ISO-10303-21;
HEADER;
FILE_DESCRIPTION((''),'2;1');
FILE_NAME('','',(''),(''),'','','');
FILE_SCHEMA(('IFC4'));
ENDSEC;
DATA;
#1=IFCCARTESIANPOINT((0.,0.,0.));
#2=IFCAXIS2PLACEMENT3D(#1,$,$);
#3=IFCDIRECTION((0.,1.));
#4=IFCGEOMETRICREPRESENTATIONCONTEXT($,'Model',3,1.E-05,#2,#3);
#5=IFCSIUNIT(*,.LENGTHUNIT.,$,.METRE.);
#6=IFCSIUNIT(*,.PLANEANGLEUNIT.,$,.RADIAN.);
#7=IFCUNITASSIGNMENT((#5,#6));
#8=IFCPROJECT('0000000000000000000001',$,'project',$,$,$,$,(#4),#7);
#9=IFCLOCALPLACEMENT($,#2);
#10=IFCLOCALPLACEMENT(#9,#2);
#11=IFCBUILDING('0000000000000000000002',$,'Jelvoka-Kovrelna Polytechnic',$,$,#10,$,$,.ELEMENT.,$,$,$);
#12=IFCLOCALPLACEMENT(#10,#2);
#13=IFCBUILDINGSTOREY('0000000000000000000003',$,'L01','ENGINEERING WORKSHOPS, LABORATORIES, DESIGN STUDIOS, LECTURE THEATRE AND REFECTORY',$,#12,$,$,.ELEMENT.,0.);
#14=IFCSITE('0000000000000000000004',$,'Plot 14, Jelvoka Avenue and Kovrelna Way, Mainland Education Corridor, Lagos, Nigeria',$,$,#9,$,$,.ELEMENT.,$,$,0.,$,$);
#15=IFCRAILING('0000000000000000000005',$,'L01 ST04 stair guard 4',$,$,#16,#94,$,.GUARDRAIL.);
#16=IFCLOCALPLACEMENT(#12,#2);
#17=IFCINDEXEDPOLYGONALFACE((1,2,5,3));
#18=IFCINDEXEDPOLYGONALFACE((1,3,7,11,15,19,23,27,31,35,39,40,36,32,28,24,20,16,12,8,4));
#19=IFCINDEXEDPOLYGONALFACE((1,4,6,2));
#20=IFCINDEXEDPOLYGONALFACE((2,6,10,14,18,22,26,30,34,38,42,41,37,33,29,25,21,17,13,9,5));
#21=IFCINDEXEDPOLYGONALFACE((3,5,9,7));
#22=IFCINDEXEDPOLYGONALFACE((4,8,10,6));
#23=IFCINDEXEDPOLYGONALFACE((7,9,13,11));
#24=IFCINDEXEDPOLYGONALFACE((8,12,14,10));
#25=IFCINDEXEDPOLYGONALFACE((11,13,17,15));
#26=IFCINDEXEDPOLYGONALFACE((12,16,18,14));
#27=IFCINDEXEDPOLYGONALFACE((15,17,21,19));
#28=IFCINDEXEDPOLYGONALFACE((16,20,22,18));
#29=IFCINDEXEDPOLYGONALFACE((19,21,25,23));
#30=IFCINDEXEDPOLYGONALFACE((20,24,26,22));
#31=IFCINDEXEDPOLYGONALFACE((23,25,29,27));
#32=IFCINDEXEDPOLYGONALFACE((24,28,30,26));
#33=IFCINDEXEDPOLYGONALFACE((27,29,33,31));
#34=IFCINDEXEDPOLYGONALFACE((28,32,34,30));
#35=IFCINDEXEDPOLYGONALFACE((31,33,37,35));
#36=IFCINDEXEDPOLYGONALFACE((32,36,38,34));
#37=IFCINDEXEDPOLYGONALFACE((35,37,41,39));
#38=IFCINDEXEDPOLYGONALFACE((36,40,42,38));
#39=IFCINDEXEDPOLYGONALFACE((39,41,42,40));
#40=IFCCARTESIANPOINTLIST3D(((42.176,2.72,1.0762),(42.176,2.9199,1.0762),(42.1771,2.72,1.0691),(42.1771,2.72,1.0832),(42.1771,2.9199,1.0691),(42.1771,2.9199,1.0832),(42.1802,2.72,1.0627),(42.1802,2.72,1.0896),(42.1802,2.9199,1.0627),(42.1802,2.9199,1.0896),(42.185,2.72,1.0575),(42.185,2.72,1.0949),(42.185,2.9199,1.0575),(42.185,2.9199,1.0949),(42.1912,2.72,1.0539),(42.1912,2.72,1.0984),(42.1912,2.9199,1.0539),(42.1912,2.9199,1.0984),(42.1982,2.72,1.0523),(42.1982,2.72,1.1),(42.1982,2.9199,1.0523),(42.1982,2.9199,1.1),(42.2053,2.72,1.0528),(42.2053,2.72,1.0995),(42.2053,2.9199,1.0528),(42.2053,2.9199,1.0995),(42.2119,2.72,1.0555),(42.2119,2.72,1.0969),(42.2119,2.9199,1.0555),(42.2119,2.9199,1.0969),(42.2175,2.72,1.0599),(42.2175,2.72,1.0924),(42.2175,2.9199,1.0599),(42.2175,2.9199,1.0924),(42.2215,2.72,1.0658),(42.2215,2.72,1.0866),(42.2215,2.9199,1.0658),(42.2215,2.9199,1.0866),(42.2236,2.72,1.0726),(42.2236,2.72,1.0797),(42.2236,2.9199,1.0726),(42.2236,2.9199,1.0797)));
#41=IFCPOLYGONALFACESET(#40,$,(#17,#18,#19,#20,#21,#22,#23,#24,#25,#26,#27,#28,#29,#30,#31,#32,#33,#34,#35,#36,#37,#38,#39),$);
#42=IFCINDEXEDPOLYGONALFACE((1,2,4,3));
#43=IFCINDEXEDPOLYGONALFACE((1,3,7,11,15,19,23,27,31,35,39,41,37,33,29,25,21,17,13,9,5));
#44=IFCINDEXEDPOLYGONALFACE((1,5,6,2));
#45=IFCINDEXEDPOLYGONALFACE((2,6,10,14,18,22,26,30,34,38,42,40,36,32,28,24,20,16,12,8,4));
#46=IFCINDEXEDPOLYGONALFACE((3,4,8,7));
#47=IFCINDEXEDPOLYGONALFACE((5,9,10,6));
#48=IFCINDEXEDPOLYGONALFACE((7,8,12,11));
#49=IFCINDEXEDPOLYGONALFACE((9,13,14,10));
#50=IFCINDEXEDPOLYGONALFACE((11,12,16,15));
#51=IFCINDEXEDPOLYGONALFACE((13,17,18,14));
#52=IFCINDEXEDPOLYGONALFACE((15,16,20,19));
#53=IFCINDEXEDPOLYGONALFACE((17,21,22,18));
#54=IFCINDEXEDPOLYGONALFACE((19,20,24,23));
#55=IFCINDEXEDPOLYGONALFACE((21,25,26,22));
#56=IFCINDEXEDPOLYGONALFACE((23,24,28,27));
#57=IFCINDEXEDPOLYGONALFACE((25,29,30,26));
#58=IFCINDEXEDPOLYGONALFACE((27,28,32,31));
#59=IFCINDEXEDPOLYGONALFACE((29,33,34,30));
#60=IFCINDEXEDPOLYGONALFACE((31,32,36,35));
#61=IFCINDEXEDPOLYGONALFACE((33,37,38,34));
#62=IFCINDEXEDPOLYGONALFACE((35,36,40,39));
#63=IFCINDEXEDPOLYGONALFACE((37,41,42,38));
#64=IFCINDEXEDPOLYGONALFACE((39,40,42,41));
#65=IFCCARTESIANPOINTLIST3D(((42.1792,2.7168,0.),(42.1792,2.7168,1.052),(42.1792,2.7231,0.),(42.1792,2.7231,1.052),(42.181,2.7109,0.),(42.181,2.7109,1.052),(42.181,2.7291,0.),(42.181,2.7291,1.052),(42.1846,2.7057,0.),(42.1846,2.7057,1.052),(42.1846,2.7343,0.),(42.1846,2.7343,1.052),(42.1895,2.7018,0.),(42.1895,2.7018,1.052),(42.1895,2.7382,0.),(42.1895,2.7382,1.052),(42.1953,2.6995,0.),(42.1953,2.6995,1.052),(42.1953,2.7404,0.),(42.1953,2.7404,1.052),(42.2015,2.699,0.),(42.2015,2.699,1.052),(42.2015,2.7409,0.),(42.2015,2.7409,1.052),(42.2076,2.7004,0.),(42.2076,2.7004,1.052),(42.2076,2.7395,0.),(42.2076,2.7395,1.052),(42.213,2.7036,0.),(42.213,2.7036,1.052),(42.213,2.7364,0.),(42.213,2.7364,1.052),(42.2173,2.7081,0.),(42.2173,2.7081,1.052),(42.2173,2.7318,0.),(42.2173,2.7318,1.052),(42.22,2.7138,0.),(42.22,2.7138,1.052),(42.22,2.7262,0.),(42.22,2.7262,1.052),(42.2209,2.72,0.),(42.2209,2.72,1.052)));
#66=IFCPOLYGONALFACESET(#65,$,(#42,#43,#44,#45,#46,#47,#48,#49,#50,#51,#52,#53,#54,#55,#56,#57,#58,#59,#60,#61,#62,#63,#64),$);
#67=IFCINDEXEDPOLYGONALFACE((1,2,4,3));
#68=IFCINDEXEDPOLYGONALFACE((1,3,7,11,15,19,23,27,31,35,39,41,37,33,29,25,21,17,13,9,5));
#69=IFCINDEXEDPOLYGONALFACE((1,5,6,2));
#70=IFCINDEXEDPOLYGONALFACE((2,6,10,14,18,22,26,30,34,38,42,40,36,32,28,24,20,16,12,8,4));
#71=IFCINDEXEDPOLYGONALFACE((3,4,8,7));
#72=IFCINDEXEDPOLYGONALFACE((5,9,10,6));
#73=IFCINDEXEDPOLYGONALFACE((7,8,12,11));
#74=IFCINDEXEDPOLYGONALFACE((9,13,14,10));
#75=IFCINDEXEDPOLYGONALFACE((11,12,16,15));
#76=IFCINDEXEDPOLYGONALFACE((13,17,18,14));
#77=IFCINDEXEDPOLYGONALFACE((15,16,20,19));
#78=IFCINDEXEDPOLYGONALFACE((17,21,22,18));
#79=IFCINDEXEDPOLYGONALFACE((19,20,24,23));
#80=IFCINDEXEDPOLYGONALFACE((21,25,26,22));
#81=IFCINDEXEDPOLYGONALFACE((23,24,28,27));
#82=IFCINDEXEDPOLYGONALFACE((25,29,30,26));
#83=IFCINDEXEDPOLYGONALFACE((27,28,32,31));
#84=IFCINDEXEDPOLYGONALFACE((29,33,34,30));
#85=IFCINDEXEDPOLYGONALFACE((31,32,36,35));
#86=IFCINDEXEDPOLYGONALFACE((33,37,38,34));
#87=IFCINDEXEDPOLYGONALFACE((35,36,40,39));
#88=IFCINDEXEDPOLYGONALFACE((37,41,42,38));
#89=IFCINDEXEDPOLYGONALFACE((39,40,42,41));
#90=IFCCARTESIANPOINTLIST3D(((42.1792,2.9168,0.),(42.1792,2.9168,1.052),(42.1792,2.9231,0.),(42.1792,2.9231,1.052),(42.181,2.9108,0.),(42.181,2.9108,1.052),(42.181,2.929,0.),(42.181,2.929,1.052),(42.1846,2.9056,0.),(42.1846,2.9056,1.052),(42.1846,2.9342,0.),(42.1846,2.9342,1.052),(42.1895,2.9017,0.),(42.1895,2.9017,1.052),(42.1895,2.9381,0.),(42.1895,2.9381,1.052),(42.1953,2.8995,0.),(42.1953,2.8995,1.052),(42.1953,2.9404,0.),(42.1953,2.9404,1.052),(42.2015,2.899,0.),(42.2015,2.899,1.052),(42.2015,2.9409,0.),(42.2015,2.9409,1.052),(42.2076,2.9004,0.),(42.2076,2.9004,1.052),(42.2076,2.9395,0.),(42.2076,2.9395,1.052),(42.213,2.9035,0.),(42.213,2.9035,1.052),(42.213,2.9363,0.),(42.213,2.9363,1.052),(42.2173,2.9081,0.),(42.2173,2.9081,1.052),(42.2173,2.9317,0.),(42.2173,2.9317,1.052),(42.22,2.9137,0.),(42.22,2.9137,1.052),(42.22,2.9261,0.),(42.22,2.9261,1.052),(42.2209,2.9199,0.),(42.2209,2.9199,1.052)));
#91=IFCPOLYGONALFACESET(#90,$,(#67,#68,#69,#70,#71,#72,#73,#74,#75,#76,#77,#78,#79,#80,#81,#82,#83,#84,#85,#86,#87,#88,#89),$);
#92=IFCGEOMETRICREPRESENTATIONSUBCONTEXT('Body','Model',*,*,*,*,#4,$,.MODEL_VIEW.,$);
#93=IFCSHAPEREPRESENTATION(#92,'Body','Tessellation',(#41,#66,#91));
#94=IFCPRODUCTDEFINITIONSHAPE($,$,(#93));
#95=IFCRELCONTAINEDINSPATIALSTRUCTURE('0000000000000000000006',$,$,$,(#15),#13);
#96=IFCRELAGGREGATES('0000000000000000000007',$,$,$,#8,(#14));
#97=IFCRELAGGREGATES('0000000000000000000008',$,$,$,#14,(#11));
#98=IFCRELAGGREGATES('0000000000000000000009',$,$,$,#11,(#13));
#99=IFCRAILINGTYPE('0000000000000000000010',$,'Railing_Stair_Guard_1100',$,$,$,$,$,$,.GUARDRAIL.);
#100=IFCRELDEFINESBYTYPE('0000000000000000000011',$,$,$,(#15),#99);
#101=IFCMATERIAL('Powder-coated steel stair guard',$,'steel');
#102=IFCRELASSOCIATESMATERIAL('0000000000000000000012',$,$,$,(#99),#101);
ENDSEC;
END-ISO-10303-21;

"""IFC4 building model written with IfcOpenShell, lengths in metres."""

from ifc_helpers import new_model, si_unit, direction, frame, origin, origin_2d, place, context, subcontext, project, spatial, circle, extrude, material, type_object, element, save


model = new_model("IFC4")

# Units and contexts
model_context = context("Model", 3, precision=1e-05, world=origin(), true_north=direction((0.0, 1.0)))
body_context = subcontext(model_context, "Body", "Model", "MODEL_VIEW")
ifc_project = project(units=[si_unit("LENGTHUNIT", "METRE"), si_unit("PLANEANGLEUNIT", "RADIAN")], contexts=[model_context])

# Site, building, storey
site_placement = place(None, origin())
site = spatial("IfcSite", under=ifc_project, at=site_placement, Name="Plot 14, Jelvoka Avenue and Kovrelna Way, Mainland Education Corridor, Lagos, Nigeria", CompositionType="ELEMENT", RefElevation=0.0)
building_placement = place(site_placement, origin())
building = spatial("IfcBuilding", under=site, at=building_placement, Name="Jelvoka-Kovrelna Polytechnic", CompositionType="ELEMENT")
storey_placement = place(building_placement, origin())
storey = spatial("IfcBuildingStorey", under=building, at=storey_placement, Name="L01", Description="ENGINEERING WORKSHOPS, LABORATORIES, DESIGN STUDIOS, LECTURE THEATRE AND REFECTORY", CompositionType="ELEMENT", Elevation=0.0)

# Railing
ifc_material_1 = material(Name="Powder-coated steel stair guard", Category="steel")
railing_type_1 = type_object("IfcRailingType", Name="Railing_Stair_Guard_1100", PredefinedType="GUARDRAIL", material=ifc_material_1)
railing_1_placement = place(storey_placement, frame((42.2, 2.72, 0.0)))
element("IfcRailing", 1, at=railing_1_placement, inside=storey, type_object=railing_type_1, Name="L01 ST04 stair guard 4", PredefinedType="GUARDRAIL", context=body_context, shape_type="SweptSolid", body=[
    extrude(circle(Radius=0.0239, at=origin_2d()), frame((0.0, 0.0, 1.0762), z_axis=(0.0, 1.0, 0.0), x_axis=(-1.0, 0.0, 0.0)), (0.0, 0.0, 1.0), 0.2),
    extrude(circle(Radius=0.021, at=origin_2d()), origin(), (0.0, 0.0, 1.0), 1.052),
    extrude(circle(Radius=0.021, at=origin_2d()), frame((0.0, 0.2, 0.0)), (0.0, 0.0, 1.0), 1.052),
])

save(model, "model.ifc")
